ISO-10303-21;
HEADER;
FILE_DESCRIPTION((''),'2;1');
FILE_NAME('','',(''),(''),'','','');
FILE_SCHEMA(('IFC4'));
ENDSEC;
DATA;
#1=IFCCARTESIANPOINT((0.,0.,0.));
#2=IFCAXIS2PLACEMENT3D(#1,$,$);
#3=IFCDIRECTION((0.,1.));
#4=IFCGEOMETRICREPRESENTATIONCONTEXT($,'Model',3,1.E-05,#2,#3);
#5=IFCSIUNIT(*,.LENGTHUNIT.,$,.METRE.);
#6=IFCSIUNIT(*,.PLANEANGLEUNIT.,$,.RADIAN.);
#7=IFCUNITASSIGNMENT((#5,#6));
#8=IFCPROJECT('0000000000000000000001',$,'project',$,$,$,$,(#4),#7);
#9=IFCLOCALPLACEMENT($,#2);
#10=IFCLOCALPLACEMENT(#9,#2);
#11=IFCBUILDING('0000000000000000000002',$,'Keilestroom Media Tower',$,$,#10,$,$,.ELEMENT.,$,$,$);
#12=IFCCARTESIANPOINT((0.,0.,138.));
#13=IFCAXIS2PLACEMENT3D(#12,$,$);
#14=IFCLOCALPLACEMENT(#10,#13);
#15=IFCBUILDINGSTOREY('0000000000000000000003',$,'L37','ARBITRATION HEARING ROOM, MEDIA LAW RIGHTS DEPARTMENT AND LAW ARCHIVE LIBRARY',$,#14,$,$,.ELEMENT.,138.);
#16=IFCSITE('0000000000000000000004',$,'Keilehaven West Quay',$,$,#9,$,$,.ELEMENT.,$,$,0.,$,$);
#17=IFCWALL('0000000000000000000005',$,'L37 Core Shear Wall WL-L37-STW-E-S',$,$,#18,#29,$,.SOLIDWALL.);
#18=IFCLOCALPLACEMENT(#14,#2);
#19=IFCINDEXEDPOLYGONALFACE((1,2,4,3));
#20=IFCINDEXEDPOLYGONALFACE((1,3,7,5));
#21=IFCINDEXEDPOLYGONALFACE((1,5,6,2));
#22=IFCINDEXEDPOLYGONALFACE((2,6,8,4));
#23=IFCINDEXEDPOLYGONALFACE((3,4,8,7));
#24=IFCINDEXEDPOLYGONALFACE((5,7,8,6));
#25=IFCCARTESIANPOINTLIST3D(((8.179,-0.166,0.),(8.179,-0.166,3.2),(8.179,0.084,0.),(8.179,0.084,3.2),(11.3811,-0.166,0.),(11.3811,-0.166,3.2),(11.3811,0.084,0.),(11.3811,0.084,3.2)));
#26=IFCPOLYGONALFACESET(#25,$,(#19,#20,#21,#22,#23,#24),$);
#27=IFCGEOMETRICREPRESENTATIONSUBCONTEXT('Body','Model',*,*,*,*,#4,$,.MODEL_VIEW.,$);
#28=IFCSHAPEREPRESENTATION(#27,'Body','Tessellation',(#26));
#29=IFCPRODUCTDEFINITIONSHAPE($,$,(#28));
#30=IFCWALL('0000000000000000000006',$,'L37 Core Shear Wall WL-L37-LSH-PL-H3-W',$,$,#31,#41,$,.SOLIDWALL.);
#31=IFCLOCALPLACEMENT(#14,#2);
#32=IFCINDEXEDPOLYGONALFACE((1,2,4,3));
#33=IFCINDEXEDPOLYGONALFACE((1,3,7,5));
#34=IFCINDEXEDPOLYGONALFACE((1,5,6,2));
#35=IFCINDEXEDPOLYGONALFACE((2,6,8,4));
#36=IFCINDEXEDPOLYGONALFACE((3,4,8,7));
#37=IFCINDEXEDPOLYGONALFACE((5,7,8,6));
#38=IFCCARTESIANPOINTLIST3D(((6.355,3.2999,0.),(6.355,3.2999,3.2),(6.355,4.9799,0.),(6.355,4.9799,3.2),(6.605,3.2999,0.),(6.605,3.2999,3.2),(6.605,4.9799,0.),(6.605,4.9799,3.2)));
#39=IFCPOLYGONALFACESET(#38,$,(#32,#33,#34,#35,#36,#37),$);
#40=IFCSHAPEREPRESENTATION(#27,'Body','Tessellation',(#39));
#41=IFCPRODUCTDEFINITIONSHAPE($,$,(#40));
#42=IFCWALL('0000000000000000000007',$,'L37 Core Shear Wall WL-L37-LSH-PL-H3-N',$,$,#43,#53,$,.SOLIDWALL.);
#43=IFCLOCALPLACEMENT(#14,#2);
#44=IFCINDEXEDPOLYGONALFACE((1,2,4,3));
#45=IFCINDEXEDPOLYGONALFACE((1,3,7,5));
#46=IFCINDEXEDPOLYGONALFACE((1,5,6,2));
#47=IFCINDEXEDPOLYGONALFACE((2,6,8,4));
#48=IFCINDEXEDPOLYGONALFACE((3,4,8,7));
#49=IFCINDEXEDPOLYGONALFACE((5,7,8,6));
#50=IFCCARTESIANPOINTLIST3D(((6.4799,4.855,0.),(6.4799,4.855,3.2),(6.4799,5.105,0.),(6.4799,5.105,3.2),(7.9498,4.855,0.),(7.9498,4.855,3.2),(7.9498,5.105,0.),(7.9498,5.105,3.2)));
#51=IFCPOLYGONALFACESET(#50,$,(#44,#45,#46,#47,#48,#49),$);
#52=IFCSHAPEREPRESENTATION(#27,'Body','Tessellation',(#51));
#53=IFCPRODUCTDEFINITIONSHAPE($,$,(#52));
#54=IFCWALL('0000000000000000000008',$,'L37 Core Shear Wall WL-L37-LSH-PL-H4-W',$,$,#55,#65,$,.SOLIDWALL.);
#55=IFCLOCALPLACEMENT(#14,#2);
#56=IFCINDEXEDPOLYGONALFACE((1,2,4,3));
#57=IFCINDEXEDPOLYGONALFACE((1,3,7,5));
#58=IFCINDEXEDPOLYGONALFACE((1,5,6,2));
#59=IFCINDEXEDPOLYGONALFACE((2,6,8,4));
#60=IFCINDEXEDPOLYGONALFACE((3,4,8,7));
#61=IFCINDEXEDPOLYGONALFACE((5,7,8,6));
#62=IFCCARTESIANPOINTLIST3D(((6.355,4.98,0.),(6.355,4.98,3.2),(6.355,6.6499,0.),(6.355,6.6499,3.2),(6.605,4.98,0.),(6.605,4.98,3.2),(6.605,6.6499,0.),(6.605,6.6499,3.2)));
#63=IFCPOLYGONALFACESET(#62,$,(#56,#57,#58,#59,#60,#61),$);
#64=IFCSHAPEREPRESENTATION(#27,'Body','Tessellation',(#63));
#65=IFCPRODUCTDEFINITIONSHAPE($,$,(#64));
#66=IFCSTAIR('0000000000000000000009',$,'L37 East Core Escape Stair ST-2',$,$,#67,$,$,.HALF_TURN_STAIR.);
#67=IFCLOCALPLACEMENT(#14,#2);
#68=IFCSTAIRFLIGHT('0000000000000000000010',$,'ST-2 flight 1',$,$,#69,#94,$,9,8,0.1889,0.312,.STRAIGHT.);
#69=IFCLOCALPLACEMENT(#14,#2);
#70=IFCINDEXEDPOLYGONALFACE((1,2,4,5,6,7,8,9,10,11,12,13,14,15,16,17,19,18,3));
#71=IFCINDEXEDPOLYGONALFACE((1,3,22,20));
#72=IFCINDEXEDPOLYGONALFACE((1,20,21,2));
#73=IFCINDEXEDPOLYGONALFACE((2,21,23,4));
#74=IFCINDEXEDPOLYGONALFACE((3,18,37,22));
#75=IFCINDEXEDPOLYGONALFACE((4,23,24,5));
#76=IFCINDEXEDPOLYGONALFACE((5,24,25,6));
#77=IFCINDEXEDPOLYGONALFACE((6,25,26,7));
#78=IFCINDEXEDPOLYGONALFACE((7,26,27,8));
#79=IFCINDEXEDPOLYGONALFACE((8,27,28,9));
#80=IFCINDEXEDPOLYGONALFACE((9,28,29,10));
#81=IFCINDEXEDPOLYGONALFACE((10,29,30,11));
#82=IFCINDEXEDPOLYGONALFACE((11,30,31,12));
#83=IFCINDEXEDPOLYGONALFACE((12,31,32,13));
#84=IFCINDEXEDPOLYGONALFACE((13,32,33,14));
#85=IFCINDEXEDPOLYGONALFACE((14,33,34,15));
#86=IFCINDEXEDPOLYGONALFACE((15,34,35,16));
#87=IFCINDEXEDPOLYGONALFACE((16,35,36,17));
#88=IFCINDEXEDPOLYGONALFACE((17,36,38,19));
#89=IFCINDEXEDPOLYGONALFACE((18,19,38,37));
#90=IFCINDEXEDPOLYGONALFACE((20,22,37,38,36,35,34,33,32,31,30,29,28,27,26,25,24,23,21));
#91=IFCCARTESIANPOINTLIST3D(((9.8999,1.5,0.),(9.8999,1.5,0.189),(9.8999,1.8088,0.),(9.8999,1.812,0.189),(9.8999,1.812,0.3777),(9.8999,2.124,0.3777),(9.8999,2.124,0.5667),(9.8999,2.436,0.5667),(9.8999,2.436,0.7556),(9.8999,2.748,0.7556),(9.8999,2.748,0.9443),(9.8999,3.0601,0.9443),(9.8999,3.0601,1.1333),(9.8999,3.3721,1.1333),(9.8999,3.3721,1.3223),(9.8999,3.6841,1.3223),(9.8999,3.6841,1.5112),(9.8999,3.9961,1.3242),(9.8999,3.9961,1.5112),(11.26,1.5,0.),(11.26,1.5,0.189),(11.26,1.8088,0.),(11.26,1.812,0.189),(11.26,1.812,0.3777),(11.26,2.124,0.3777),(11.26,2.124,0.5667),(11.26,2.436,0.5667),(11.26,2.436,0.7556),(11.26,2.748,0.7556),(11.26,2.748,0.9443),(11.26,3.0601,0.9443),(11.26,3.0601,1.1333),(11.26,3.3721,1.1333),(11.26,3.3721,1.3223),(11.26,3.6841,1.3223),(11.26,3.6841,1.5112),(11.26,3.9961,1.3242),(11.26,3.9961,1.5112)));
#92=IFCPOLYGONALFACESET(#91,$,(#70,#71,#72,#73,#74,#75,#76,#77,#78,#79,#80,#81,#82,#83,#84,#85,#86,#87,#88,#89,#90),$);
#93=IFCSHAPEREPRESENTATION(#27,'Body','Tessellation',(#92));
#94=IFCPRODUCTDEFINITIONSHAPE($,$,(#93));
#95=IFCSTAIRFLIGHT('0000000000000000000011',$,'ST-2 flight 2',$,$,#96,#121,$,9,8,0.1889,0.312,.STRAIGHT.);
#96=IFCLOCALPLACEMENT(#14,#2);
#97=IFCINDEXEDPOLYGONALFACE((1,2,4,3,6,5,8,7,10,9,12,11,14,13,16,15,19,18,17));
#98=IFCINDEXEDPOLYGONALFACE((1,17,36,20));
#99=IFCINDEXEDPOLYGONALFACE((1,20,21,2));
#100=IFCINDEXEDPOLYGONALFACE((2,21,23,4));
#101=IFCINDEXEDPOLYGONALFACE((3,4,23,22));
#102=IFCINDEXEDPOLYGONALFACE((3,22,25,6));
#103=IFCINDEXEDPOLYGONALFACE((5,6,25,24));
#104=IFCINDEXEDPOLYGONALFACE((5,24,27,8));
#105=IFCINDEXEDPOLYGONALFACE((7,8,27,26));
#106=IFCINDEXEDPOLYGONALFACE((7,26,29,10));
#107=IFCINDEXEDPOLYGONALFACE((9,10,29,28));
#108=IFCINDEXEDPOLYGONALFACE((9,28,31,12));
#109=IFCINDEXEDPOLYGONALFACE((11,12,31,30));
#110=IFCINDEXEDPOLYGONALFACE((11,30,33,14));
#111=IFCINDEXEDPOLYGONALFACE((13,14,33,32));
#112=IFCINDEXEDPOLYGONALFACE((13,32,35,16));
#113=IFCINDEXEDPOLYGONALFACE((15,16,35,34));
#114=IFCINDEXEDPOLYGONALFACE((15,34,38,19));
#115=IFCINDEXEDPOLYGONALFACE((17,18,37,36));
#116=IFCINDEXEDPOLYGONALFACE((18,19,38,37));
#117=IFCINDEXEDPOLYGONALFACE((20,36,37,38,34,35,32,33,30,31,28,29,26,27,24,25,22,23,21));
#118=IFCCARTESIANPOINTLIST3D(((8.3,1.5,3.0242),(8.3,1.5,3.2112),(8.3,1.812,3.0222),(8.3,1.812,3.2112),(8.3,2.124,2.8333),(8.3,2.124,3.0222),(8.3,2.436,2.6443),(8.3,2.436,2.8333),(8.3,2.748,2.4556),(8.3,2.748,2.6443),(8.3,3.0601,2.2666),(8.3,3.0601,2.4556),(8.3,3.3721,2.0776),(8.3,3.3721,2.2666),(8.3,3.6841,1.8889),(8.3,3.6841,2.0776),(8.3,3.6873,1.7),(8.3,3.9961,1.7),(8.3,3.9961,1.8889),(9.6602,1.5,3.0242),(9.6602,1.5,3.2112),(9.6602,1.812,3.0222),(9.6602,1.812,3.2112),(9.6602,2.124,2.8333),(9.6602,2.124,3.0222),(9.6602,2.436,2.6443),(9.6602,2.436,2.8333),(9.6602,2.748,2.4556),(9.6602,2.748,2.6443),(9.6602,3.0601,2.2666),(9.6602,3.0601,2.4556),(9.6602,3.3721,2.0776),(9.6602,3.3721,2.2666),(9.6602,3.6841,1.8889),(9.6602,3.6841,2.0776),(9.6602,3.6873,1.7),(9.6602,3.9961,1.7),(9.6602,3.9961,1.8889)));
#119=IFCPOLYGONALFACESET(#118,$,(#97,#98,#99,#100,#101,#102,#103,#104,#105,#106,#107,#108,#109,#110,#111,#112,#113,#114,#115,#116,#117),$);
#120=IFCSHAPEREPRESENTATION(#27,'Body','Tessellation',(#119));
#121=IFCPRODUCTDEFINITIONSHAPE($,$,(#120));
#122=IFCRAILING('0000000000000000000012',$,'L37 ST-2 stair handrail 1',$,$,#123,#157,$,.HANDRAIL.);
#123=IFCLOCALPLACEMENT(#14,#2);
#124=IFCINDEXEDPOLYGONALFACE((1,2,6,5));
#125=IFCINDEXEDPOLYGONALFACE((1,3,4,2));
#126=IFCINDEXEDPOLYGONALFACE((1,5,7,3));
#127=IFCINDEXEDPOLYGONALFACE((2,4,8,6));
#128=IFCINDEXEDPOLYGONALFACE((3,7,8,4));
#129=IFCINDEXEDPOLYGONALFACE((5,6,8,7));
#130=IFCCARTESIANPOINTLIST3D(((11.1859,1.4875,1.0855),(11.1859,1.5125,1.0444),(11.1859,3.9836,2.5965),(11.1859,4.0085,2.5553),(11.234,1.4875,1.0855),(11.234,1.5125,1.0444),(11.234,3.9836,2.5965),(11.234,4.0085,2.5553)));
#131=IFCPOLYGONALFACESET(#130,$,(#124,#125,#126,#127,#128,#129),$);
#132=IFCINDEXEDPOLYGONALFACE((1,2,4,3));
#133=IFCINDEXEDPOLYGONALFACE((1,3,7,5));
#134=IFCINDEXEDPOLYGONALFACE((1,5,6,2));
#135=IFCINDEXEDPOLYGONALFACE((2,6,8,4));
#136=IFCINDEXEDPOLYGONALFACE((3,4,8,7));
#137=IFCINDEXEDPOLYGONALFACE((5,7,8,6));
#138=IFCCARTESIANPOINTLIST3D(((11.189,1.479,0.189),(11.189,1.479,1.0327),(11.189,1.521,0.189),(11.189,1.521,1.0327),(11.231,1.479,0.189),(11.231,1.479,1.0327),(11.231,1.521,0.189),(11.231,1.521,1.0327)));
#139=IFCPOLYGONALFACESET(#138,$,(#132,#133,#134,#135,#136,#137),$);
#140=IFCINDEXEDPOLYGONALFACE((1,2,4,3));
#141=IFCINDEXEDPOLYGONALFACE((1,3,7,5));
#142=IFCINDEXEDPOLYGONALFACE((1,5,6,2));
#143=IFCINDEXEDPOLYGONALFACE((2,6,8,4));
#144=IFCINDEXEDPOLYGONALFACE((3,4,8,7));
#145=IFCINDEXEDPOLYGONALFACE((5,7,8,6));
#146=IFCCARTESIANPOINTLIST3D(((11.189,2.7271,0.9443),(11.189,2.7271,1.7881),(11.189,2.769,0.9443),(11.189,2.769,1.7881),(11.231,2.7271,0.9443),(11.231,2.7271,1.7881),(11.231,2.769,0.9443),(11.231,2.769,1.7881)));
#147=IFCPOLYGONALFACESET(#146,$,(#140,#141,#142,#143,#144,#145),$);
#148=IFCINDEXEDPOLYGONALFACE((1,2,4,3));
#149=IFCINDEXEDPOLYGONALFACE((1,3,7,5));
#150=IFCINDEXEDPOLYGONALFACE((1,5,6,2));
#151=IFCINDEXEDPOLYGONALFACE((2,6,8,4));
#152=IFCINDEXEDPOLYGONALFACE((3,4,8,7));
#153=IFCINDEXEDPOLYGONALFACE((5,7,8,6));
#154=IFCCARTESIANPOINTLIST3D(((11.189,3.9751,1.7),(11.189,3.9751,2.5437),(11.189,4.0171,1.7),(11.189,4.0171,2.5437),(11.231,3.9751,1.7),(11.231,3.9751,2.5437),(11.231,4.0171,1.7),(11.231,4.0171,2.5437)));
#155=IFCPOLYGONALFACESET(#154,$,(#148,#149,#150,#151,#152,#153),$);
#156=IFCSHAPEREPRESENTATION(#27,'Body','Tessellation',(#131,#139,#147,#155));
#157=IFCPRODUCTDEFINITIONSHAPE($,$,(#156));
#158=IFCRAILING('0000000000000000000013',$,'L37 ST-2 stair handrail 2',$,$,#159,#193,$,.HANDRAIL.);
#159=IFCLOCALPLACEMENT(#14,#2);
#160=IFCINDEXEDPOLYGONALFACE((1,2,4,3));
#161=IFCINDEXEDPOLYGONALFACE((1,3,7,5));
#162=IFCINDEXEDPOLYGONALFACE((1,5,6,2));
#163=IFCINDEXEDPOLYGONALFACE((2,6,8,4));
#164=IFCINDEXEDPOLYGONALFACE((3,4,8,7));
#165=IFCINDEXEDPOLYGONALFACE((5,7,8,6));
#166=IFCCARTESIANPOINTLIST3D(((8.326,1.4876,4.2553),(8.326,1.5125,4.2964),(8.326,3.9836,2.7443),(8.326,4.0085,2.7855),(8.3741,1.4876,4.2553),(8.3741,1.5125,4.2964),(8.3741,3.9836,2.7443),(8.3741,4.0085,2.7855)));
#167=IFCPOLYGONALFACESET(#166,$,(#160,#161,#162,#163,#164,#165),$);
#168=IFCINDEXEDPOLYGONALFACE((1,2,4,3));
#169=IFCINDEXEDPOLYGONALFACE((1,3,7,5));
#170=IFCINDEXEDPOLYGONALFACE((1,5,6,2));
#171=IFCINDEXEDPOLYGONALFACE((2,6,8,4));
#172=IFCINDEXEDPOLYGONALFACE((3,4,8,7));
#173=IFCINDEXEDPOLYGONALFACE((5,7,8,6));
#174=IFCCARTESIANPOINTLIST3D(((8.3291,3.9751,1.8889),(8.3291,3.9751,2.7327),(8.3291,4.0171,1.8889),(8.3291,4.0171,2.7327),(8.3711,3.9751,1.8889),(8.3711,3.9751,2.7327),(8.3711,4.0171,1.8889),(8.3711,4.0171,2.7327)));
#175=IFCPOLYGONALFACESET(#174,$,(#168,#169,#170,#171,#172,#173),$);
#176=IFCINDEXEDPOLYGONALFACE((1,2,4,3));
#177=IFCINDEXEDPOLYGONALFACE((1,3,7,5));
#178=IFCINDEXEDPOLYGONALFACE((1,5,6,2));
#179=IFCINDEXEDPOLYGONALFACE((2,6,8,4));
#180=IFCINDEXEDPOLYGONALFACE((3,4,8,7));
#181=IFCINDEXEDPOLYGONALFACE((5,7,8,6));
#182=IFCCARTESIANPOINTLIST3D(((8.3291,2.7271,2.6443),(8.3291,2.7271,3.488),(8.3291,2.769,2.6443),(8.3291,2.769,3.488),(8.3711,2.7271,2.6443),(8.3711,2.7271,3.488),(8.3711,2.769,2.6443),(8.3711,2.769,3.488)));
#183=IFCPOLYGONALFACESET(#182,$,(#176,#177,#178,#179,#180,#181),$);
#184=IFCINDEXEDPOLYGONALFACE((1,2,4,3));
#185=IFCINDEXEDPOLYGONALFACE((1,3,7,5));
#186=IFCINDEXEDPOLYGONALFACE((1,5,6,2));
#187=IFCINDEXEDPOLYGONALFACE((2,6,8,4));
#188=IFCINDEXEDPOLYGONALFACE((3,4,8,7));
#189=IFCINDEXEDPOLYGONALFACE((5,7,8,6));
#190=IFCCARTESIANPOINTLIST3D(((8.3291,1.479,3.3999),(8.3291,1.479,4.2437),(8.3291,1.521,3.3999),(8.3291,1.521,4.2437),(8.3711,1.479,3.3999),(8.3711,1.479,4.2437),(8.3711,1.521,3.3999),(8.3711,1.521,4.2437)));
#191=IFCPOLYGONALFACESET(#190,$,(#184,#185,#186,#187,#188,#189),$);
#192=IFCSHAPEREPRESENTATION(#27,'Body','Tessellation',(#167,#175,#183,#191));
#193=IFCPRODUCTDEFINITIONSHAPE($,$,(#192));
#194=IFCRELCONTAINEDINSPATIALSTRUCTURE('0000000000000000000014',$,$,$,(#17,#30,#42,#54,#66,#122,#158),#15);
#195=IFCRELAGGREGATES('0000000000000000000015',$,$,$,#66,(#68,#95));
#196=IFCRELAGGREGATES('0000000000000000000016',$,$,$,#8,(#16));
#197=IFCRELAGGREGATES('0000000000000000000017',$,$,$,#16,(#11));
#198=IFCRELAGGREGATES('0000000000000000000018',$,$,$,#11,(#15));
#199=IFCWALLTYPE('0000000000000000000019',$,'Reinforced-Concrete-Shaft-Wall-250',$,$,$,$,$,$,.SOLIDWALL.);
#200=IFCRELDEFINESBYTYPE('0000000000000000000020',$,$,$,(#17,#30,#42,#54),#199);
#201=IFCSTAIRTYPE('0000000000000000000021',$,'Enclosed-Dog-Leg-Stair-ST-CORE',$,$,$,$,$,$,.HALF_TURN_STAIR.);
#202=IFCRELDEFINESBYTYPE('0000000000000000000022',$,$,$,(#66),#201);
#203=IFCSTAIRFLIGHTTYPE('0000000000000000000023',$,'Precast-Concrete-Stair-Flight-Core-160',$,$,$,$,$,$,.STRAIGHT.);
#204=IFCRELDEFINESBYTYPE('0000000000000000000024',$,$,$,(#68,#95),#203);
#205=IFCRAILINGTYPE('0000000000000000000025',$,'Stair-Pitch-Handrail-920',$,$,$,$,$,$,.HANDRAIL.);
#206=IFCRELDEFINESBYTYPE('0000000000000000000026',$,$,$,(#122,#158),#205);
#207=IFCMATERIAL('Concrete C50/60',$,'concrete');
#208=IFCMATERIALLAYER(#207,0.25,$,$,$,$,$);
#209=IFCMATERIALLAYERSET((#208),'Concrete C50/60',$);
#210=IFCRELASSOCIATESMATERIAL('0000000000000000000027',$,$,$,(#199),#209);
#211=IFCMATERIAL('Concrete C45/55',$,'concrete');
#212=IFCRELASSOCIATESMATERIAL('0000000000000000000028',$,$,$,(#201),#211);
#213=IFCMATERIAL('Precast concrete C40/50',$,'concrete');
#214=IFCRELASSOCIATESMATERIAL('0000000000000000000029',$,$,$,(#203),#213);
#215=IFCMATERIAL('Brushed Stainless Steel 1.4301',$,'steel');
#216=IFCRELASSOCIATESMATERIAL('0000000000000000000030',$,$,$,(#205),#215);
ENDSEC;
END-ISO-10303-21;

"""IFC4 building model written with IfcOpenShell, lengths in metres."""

from ifc_helpers import new_model, si_unit, direction, frame, frame_2d, origin, origin_2d, place, context, subcontext, project, spatial, polyline, rectangle, outline, extrude, material, layer, layer_set, type_object, element, aggregate, save


model = new_model("IFC4")

# Units and contexts
model_context = context("Model", 3, precision=1e-05, world=origin(), true_north=direction((0.0, 1.0)))
body_context = subcontext(model_context, "Body", "Model", "MODEL_VIEW")
ifc_project = project(units=[si_unit("LENGTHUNIT", "METRE"), si_unit("PLANEANGLEUNIT", "RADIAN")], contexts=[model_context])

# Site, building, storey
site_placement = place(None, origin())
site = spatial("IfcSite", under=ifc_project, at=site_placement, Name="Keilehaven West Quay", CompositionType="ELEMENT", RefElevation=0.0)
building_placement = place(site_placement, origin())
building = spatial("IfcBuilding", under=site, at=building_placement, Name="Keilestroom Media Tower", CompositionType="ELEMENT")
storey_placement = place(building_placement, frame((0.0, 0.0, 138.0)))
storey = spatial("IfcBuildingStorey", under=building, at=storey_placement, Name="L37", Description="ARBITRATION HEARING ROOM, MEDIA LAW RIGHTS DEPARTMENT AND LAW ARCHIVE LIBRARY", CompositionType="ELEMENT", Elevation=138.0)

# Shared definitions
ifc_material_1 = material(Name="Concrete C50/60", Category="concrete")
ifc_layer_1 = layer(ifc_material_1, 0.25)
ifc_layer_set_1 = layer_set([ifc_layer_1], Name="Concrete C50/60")
wall_type_1 = type_object("IfcWallType", Name="Reinforced-Concrete-Shaft-Wall-250", PredefinedType="SOLIDWALL", material=ifc_layer_set_1)

# Walls
wall_1_placement = place(storey_placement, frame((8.179, -0.041, 0.0), z_axis=(0.0, 0.0, 1.0), x_axis=(1.0, 0.0, 0.0)))
element("IfcWall", 1, at=wall_1_placement, inside=storey, type_object=wall_type_1, Name="L37 Core Shear Wall WL-L37-STW-E-S", PredefinedType="SOLIDWALL", context=body_context, shape_type="SweptSolid", body=[
    extrude(rectangle(XDim=3.2021, YDim=0.25, at=frame_2d((1.6011, 0.0))), origin(), (0.0, 0.0, 1.0), 3.2),
])
wall_2_placement = place(storey_placement, frame((6.48, 3.3, 0.0), z_axis=(0.0, 0.0, 1.0), x_axis=(0.0, 1.0, 0.0)))
element("IfcWall", 2, at=wall_2_placement, inside=storey, type_object=wall_type_1, Name="L37 Core Shear Wall WL-L37-LSH-PL-H3-W", PredefinedType="SOLIDWALL", context=body_context, shape_type="SweptSolid", body=[
    extrude(rectangle(XDim=1.6799, YDim=0.25, at=frame_2d((0.8398, 0.0))), origin(), (0.0, 0.0, 1.0), 3.2),
])
wall_3_placement = place(storey_placement, frame((6.48, 4.98, 0.0), z_axis=(0.0, 0.0, 1.0), x_axis=(1.0, 0.0, 0.0)))
element("IfcWall", 3, at=wall_3_placement, inside=storey, type_object=wall_type_1, Name="L37 Core Shear Wall WL-L37-LSH-PL-H3-N", PredefinedType="SOLIDWALL", context=body_context, shape_type="SweptSolid", body=[
    extrude(rectangle(XDim=1.47, YDim=0.25, at=frame_2d((0.7349, 0.0))), origin(), (0.0, 0.0, 1.0), 3.2),
])
wall_4_placement = place(storey_placement, frame((6.48, 4.98, 0.0), z_axis=(0.0, 0.0, 1.0), x_axis=(0.0, 1.0, 0.0)))
element("IfcWall", 4, at=wall_4_placement, inside=storey, type_object=wall_type_1, Name="L37 Core Shear Wall WL-L37-LSH-PL-H4-W", PredefinedType="SOLIDWALL", context=body_context, shape_type="SweptSolid", body=[
    extrude(rectangle(XDim=1.6699, YDim=0.25, at=frame_2d((0.835, 0.0))), origin(), (0.0, 0.0, 1.0), 3.2),
])

# Stair, stair flights
ifc_material_2 = material(Name="Concrete C45/55", Category="concrete")
stair_type = type_object("IfcStairType", Name="Enclosed-Dog-Leg-Stair-ST-CORE", PredefinedType="HALF_TURN_STAIR", material=ifc_material_2)
stair_placement = place(storey_placement, origin())
stair = element("IfcStair", 5, at=stair_placement, inside=storey, type_object=stair_type, Name="L37 East Core Escape Stair ST-2", PredefinedType="HALF_TURN_STAIR")
ifc_material_3 = material(Name="Precast concrete C40/50", Category="concrete")
stair_flight_type = type_object("IfcStairFlightType", Name="Precast-Concrete-Stair-Flight-Core-160", PredefinedType="STRAIGHT", material=ifc_material_3)
stair_flight_1_placement = place(storey_placement, frame((10.5801, 1.5, 0.0), z_axis=(0.0, 0.0, 1.0), x_axis=(0.0, 1.0, 0.0)))
stair_flight_1 = element("IfcStairFlight", 6, at=stair_flight_1_placement, type_object=stair_flight_type, Name="ST-2 flight 1", NumberOfRisers=9, NumberOfTreads=8, PredefinedType="STRAIGHT", RiserHeight=0.1889, TreadLength=0.312, context=body_context, shape_type="SweptSolid", body=[
    extrude(outline(polyline([(0.0, 0.0), (0.0, 0.189), (0.312, 0.189), (0.312, 0.3777), (0.624, 0.3777), (0.624, 0.5667), (0.936, 0.5667), (0.936, 0.7556), (1.248, 0.7556), (1.248, 0.9443), (1.5601, 0.9443), (1.5601, 1.1333), (1.8721, 1.1333), (1.8721, 1.3223), (2.1841, 1.3223), (2.1841, 1.5112), (2.4961, 1.5112), (2.4961, 1.7), (2.4961, 1.3242), (0.3088, 0.0), (0.0, 0.0)])), frame((0.0, 0.6802, 0.0), z_axis=(0.0, -1.0, 0.0), x_axis=(1.0, 0.0, 0.0)), (0.0, 0.0, 1.0), 1.3601),
])
stair_flight_2_placement = place(storey_placement, frame((8.98, 3.9961, 1.7), z_axis=(0.0, 0.0, 1.0), x_axis=(0.0, -1.0, 0.0)))
stair_flight_2 = element("IfcStairFlight", 7, at=stair_flight_2_placement, type_object=stair_flight_type, Name="ST-2 flight 2", NumberOfRisers=9, NumberOfTreads=8, PredefinedType="STRAIGHT", RiserHeight=0.1889, TreadLength=0.312, context=body_context, shape_type="SweptSolid", body=[
    extrude(outline(polyline([(0.0, 0.0), (0.0, 0.189), (0.312, 0.189), (0.312, 0.3777), (0.624, 0.3777), (0.624, 0.5667), (0.936, 0.5667), (0.936, 0.7556), (1.248, 0.7556), (1.248, 0.9443), (1.5601, 0.9443), (1.5601, 1.1333), (1.8721, 1.1333), (1.8721, 1.3223), (2.1841, 1.3223), (2.1841, 1.5112), (2.4961, 1.5112), (2.4961, 1.7), (2.4961, 1.3242), (0.3088, 0.0), (0.0, 0.0)])), frame((0.0, 0.6802, 0.0), z_axis=(0.0, -1.0, 0.0), x_axis=(1.0, 0.0, 0.0)), (0.0, 0.0, 1.0), 1.3601),
])
aggregate(stair, [stair_flight_1, stair_flight_2])

# Railings
ifc_material_4 = material(Name="Brushed Stainless Steel 1.4301", Category="steel")
railing_type_1 = type_object("IfcRailingType", Name="Stair-Pitch-Handrail-920", PredefinedType="HANDRAIL", material=ifc_material_4)
railing_1_placement = place(storey_placement, frame((11.21, 1.5, 0.189)))
element("IfcRailing", 8, at=railing_1_placement, inside=storey, type_object=railing_type_1, Name="L37 ST-2 stair handrail 1", PredefinedType="HANDRAIL", context=body_context, shape_type="SweptSolid", body=[
    extrude(rectangle(XDim=0.0481, YDim=0.0481, at=origin_2d()), frame((0.0, 0.0, 0.876), z_axis=(0.0, 0.855471, 0.517851), x_axis=(-1.0, 0.0, 0.0)), (0.0, 0.0, 1.0), 2.9177),
    extrude(rectangle(XDim=0.042, YDim=0.042, at=origin_2d()), origin(), (0.0, 0.0, 1.0), 0.8438),
    extrude(rectangle(XDim=0.042, YDim=0.042, at=origin_2d()), frame((0.0, 1.248, 0.7554)), (0.0, 0.0, 1.0), 0.8438),
    extrude(rectangle(XDim=0.042, YDim=0.042, at=origin_2d()), frame((0.0, 2.4961, 1.511)), (0.0, 0.0, 1.0), 0.8438),
])
railing_2_placement = place(storey_placement, frame((8.3501, 3.9961, 1.8889)))
element("IfcRailing", 9, at=railing_2_placement, inside=storey, type_object=railing_type_1, Name="L37 ST-2 stair handrail 2", PredefinedType="HANDRAIL", context=body_context, shape_type="SweptSolid", body=[
    extrude(rectangle(XDim=0.0481, YDim=0.0481, at=origin_2d()), frame((0.0, 0.0, 0.876), z_axis=(0.0, -0.855471, 0.517851), x_axis=(1.0, 0.0, 0.0)), (0.0, 0.0, 1.0), 2.9177),
    extrude(rectangle(XDim=0.042, YDim=0.042, at=origin_2d()), origin(), (0.0, 0.0, 1.0), 0.8438),
    extrude(rectangle(XDim=0.042, YDim=0.042, at=origin_2d()), frame((0.0, -1.248, 0.7554)), (0.0, 0.0, 1.0), 0.8438),
    extrude(rectangle(XDim=0.042, YDim=0.042, at=origin_2d()), frame((0.0, -2.4961, 1.511)), (0.0, 0.0, 1.0), 0.8438),
])

save(model, "model.ifc")
